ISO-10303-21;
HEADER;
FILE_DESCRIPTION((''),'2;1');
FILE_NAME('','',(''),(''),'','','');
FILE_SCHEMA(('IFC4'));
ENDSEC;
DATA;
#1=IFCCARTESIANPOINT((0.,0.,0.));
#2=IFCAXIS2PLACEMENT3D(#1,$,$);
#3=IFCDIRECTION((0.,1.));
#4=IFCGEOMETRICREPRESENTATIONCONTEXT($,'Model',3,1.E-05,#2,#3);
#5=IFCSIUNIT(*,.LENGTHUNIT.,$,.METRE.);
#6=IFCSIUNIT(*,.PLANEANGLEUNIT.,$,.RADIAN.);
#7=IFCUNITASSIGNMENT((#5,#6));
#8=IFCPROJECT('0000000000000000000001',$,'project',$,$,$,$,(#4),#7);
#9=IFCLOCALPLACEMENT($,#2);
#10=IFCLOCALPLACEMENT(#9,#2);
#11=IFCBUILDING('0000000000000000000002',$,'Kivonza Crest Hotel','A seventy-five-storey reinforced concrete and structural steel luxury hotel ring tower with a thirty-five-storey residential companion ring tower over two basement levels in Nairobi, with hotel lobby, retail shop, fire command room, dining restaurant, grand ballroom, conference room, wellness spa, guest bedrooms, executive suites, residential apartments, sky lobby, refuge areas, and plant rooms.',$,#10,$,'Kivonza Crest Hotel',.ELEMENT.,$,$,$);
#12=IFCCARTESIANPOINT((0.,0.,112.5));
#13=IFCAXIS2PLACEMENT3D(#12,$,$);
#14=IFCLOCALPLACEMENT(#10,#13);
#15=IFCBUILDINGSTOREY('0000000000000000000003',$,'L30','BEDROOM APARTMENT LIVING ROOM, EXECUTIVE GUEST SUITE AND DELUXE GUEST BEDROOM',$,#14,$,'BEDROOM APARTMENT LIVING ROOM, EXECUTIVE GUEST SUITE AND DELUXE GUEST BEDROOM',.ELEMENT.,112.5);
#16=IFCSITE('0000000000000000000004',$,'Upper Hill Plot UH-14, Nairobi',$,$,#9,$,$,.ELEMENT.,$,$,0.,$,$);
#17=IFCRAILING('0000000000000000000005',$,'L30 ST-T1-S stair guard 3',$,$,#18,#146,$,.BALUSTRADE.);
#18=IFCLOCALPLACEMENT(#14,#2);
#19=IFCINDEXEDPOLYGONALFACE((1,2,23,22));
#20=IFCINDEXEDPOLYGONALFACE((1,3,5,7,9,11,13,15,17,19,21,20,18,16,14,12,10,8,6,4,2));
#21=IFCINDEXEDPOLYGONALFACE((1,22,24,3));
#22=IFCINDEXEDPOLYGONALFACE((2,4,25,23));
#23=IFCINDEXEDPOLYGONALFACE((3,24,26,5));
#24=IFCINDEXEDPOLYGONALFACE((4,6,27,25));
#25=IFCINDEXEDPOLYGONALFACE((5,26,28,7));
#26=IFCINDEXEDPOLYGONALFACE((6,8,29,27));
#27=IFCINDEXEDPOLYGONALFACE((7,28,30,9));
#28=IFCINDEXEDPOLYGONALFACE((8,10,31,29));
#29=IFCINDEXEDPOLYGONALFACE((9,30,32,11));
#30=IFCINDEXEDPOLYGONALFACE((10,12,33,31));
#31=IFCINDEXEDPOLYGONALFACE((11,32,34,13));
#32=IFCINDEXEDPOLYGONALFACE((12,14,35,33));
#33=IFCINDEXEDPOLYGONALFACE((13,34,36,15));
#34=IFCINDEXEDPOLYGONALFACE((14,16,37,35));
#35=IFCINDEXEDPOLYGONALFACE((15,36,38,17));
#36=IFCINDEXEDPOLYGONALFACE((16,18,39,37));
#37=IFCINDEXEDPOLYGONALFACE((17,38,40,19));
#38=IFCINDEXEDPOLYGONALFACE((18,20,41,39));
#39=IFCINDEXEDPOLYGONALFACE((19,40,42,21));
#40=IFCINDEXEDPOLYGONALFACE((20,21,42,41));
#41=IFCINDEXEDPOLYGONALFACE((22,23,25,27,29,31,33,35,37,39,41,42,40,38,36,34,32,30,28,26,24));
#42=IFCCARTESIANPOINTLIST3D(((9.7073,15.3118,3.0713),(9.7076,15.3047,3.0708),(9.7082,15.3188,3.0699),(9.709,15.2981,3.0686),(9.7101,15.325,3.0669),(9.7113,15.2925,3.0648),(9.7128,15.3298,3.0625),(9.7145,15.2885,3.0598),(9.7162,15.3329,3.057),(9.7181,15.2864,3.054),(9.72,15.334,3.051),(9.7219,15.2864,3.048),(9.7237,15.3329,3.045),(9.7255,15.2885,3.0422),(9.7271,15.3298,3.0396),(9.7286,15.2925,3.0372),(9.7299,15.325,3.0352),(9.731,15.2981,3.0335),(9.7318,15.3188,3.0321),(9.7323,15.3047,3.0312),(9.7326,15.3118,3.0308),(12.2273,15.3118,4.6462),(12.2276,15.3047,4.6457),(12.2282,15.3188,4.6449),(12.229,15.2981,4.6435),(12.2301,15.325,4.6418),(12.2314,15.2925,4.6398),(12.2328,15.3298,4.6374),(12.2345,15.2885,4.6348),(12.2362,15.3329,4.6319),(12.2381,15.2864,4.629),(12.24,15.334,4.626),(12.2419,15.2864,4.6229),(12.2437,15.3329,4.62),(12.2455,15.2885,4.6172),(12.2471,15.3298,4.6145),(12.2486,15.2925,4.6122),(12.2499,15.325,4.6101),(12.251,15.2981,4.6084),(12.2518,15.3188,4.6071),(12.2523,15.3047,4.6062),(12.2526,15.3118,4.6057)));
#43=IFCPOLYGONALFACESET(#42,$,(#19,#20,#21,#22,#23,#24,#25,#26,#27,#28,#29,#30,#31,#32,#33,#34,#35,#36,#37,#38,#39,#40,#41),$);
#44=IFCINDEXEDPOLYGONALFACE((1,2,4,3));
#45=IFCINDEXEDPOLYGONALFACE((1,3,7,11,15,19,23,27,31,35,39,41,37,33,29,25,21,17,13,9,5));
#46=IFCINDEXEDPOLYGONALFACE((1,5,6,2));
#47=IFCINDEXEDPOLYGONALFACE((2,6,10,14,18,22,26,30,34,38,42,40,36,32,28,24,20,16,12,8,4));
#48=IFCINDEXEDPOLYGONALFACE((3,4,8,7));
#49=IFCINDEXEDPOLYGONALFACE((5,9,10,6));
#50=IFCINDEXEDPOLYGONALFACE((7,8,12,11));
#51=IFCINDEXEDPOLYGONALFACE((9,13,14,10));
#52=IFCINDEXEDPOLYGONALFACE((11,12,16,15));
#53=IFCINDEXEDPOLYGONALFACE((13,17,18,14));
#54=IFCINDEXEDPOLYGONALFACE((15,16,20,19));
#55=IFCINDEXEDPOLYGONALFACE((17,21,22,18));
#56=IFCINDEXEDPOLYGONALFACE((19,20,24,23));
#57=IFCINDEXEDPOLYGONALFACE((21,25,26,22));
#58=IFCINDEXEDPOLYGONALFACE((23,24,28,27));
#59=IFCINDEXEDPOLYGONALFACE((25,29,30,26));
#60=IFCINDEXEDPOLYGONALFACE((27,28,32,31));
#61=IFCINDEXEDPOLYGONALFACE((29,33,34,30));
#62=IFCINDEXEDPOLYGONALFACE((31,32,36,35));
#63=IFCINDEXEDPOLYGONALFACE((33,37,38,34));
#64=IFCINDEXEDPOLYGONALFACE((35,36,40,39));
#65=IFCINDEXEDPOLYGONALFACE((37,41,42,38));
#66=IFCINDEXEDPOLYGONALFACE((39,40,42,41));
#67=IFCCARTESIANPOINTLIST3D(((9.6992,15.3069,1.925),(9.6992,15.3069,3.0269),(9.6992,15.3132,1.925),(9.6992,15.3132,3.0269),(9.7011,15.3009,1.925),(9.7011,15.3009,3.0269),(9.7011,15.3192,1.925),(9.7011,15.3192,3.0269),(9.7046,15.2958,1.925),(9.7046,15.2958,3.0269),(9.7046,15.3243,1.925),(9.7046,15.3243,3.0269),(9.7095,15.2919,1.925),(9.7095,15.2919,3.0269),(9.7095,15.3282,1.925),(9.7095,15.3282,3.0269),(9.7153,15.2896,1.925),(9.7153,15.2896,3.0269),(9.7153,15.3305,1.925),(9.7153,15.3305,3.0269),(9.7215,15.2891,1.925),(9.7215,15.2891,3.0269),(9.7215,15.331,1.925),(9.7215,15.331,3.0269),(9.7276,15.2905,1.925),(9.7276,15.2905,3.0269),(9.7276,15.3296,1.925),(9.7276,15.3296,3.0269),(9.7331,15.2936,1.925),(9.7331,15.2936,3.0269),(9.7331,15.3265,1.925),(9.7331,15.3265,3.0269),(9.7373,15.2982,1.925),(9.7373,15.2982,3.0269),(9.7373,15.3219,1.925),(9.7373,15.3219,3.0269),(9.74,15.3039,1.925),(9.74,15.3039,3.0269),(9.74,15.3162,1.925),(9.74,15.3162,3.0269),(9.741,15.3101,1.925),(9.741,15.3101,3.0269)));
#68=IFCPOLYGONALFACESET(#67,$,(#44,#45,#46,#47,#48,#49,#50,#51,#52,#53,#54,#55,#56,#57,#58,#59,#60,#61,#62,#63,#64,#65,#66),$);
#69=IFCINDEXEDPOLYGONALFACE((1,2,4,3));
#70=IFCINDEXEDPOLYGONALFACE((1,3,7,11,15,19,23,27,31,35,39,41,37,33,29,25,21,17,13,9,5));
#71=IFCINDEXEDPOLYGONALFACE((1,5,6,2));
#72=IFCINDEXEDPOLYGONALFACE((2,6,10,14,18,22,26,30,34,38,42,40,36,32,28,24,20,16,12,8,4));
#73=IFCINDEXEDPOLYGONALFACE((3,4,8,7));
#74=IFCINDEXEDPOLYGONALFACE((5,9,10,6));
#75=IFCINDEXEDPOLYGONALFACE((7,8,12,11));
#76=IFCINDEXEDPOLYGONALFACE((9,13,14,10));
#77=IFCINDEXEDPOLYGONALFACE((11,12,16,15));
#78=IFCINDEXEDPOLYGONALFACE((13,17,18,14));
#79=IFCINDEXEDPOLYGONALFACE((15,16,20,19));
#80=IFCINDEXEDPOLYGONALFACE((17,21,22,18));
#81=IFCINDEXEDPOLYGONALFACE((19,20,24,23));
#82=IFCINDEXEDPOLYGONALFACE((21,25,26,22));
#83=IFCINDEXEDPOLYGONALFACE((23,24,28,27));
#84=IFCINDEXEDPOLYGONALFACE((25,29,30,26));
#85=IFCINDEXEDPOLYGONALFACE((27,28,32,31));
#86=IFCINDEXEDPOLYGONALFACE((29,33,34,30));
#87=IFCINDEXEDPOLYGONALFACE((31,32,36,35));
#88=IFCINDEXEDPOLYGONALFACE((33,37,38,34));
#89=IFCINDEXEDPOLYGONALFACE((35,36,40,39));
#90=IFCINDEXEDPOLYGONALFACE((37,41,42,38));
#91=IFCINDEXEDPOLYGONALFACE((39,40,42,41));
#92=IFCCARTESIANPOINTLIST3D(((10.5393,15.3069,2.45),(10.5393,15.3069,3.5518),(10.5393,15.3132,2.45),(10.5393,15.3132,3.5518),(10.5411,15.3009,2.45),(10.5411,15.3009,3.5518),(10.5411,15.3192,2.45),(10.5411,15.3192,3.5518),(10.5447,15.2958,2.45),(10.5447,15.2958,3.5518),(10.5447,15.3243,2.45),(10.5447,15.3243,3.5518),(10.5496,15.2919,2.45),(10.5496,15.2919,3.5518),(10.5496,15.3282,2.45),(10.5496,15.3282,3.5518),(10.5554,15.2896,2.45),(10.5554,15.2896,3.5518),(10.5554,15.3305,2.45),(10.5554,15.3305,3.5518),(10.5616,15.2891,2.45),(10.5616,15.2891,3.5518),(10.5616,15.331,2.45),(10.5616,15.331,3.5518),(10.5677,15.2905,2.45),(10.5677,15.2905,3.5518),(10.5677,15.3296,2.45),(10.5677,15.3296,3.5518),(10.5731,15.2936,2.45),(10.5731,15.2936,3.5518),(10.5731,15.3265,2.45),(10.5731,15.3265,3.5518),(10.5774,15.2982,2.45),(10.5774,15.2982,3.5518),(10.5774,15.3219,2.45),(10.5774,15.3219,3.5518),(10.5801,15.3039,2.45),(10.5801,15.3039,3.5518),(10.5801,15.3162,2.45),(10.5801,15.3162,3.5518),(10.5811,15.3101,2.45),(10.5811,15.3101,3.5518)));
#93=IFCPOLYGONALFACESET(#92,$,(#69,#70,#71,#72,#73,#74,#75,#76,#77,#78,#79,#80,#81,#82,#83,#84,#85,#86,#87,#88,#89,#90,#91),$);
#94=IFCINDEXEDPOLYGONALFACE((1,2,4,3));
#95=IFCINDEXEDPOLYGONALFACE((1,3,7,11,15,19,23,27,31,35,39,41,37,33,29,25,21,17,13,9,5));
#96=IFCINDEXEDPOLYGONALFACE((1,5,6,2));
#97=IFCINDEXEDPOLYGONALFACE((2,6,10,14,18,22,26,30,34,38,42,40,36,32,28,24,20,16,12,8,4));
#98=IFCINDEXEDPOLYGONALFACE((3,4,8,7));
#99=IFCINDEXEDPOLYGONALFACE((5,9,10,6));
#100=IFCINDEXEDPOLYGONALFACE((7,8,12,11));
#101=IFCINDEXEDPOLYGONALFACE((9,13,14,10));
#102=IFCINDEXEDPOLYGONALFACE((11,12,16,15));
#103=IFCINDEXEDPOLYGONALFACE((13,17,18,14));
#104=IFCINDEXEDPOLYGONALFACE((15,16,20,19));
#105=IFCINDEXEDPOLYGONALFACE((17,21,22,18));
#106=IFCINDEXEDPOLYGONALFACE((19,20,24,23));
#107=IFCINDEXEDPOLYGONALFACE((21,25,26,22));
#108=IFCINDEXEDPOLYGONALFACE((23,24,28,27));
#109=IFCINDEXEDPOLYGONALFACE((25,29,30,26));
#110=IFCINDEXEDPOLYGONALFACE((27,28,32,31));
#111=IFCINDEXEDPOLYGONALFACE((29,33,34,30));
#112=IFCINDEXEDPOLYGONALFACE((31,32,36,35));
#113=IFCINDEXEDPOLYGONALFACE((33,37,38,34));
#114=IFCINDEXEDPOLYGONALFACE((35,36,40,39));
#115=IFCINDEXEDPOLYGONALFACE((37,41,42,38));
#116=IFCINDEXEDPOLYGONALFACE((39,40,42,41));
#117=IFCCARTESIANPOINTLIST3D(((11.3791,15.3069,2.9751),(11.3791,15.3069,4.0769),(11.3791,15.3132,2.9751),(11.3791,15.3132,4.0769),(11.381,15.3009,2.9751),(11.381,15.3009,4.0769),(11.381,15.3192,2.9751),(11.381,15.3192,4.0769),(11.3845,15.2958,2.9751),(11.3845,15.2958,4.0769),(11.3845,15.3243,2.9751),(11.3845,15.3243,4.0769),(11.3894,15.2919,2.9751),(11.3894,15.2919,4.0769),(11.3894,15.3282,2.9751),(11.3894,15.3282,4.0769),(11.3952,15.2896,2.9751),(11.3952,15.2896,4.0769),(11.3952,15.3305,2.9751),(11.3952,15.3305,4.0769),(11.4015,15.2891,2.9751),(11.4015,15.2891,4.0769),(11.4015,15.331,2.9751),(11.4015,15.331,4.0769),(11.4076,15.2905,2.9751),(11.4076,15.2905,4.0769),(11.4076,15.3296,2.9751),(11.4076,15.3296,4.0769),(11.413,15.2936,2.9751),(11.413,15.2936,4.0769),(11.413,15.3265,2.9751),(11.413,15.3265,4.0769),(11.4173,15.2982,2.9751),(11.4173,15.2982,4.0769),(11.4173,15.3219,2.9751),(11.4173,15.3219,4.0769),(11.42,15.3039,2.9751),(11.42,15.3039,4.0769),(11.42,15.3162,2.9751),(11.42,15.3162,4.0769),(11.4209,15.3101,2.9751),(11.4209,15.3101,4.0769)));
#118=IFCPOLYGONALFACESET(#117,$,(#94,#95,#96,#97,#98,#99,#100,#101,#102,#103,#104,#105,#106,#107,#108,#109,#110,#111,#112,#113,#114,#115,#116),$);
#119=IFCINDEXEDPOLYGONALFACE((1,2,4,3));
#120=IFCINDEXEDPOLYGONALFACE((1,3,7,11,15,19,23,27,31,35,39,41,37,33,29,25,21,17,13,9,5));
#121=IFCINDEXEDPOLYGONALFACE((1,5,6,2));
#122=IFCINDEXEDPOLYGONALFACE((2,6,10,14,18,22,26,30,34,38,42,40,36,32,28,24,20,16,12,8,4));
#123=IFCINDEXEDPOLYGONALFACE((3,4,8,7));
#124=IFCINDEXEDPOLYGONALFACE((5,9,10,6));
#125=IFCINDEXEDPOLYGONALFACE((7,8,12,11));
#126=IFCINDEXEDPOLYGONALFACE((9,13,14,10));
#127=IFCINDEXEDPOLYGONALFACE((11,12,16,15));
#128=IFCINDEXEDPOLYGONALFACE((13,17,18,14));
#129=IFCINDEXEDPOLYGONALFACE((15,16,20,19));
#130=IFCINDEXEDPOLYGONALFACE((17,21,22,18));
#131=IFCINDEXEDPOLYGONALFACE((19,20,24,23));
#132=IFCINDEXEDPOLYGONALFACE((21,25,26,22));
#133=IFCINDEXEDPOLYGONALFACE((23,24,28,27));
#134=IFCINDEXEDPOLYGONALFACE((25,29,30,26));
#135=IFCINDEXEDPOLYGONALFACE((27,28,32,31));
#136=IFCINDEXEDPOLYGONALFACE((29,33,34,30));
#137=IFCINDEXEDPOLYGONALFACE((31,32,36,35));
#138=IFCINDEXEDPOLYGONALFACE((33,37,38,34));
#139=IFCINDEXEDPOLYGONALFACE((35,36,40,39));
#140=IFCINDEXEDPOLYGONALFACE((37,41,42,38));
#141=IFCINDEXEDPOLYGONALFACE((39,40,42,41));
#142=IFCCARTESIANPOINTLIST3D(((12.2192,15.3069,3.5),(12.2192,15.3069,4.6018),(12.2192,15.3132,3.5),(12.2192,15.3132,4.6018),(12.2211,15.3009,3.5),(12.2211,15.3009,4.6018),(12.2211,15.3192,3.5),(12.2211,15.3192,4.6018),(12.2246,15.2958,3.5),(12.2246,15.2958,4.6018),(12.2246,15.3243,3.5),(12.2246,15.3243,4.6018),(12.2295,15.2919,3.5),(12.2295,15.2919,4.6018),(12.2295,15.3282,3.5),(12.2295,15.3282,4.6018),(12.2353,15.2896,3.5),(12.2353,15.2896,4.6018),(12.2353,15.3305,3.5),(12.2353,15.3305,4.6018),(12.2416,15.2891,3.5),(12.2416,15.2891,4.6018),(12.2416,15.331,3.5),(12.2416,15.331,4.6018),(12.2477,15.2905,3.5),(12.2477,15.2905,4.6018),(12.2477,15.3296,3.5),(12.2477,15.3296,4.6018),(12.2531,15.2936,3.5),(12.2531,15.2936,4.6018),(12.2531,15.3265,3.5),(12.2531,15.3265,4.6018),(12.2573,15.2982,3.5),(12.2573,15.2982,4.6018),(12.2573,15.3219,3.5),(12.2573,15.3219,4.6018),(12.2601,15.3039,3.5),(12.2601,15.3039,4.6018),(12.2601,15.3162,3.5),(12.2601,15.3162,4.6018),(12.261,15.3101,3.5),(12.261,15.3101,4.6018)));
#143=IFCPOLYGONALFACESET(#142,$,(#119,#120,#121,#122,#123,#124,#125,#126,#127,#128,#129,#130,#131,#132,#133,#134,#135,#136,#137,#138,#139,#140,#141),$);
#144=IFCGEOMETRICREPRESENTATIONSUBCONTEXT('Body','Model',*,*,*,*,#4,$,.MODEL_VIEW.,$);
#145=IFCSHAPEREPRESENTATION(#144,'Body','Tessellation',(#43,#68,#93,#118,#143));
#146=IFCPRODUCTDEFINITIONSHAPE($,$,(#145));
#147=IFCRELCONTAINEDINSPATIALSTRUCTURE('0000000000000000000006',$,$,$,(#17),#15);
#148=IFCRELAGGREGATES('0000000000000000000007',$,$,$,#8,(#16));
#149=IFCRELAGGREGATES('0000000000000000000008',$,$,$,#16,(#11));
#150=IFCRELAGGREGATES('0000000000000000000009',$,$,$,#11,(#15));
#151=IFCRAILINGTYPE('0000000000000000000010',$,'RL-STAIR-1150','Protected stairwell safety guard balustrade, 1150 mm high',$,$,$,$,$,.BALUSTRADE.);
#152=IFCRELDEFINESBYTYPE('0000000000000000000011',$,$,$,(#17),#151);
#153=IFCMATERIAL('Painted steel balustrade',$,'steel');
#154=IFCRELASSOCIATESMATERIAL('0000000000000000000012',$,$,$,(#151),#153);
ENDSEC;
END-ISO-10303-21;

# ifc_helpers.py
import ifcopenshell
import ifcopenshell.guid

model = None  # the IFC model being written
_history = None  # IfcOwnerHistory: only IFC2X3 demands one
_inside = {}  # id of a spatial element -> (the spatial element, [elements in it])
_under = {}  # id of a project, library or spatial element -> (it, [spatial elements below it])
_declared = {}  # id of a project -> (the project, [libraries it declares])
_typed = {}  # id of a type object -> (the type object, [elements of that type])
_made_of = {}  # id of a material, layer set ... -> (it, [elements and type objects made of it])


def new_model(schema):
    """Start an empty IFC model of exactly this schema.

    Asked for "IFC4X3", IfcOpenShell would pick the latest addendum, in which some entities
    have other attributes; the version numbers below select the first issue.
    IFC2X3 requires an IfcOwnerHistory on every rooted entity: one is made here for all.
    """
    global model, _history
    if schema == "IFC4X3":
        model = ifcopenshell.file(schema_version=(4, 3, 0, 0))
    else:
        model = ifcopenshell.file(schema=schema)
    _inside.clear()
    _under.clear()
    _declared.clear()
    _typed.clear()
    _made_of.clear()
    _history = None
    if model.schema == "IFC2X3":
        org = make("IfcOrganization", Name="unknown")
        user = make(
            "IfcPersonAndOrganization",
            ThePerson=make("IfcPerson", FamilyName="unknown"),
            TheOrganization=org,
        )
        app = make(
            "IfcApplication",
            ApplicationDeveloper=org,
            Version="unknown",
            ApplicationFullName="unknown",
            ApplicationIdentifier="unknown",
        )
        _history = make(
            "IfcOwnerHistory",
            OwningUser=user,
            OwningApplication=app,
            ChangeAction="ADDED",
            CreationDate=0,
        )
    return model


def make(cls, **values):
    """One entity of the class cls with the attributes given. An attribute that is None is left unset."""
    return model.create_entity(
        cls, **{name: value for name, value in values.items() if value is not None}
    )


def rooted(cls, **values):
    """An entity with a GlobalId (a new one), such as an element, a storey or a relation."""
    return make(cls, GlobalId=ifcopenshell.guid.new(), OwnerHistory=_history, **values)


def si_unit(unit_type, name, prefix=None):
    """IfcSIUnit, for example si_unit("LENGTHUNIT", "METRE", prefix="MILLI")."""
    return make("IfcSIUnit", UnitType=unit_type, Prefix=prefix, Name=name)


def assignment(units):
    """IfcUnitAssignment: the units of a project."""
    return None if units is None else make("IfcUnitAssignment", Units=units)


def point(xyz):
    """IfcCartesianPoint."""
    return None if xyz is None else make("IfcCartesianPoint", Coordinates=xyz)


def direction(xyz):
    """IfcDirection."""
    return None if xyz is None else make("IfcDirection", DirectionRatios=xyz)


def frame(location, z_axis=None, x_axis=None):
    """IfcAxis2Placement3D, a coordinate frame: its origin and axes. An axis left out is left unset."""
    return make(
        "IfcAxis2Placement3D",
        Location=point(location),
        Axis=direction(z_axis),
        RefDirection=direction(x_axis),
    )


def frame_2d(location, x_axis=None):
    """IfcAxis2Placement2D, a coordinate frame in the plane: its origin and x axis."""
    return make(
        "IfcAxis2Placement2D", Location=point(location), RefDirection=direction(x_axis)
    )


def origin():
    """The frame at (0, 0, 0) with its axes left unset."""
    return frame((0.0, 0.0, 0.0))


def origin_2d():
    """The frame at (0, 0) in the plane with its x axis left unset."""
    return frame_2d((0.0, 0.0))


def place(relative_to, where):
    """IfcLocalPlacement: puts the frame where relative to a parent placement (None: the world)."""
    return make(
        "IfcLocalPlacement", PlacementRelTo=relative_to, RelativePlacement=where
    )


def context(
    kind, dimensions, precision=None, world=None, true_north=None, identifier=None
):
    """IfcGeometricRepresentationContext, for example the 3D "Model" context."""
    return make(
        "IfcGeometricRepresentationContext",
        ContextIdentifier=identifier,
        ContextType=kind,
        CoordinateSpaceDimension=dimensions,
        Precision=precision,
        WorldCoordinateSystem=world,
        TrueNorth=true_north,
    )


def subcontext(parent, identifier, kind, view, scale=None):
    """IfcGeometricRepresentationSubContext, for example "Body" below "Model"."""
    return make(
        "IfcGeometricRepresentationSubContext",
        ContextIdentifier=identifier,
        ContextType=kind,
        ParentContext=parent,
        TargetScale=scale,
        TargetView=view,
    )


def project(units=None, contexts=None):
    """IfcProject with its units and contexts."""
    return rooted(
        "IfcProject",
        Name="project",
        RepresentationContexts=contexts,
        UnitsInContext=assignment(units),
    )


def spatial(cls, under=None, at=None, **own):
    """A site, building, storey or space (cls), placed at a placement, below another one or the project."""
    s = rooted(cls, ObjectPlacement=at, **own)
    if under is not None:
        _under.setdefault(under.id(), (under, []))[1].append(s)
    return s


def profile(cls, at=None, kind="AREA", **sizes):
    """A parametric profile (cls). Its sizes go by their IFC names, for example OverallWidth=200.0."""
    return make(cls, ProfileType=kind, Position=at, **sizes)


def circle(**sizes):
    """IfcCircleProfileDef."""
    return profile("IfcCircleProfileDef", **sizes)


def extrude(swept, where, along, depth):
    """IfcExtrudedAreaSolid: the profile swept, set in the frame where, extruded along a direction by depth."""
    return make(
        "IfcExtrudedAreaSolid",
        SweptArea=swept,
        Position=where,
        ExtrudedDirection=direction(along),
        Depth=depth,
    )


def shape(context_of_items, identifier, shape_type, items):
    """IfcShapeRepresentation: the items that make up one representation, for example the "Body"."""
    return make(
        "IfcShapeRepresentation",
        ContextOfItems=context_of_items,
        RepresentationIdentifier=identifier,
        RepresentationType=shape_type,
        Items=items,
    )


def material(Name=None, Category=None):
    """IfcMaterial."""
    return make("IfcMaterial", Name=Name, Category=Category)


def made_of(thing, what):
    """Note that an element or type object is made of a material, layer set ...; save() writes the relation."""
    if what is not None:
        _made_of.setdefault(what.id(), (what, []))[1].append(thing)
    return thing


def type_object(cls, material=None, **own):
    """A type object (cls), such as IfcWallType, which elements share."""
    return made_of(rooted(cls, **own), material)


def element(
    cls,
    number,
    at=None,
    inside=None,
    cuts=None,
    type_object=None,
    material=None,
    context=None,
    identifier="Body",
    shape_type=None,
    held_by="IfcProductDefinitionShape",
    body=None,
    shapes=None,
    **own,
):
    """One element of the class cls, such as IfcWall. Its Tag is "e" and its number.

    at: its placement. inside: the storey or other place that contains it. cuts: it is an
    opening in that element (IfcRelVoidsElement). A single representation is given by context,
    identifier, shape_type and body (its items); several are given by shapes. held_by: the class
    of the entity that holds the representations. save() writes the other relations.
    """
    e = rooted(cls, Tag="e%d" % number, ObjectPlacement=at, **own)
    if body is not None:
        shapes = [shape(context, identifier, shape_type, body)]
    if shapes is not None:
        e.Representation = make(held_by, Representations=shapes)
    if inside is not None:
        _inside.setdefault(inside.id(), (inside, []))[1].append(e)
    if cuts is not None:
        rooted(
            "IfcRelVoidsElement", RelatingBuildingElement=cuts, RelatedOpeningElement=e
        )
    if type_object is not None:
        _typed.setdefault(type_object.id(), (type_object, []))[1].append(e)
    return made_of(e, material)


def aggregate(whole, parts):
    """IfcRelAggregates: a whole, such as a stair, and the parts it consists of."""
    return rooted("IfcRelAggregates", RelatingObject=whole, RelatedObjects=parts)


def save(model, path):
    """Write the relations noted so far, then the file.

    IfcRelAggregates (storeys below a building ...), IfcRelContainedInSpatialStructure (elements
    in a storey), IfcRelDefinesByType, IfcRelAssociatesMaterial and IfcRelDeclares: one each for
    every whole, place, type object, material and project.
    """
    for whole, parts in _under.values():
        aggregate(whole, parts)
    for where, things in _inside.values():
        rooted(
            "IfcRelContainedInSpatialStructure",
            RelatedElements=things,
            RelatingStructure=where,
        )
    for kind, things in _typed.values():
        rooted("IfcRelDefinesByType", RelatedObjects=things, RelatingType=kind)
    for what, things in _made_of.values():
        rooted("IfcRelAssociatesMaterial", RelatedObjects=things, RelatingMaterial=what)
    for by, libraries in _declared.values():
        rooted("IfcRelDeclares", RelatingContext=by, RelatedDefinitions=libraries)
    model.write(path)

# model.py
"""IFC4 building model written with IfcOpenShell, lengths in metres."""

from ifc_helpers import new_model, si_unit, direction, frame, origin, origin_2d, place, context, subcontext, project, spatial, circle, extrude, material, type_object, element, save


model = new_model("IFC4")

# Units and contexts
model_context = context("Model", 3, precision=1e-05, world=origin(), true_north=direction((0.0, 1.0)))
body_context = subcontext(model_context, "Body", "Model", "MODEL_VIEW")
ifc_project = project(units=[si_unit("LENGTHUNIT", "METRE"), si_unit("PLANEANGLEUNIT", "RADIAN")], contexts=[model_context])

# Site, building, storey
site_placement = place(None, origin())
site = spatial("IfcSite", under=ifc_project, at=site_placement, Name="Upper Hill Plot UH-14, Nairobi", CompositionType="ELEMENT", RefElevation=0.0)
building_placement = place(site_placement, origin())
building = spatial("IfcBuilding", under=site, at=building_placement, Name="Kivonza Crest Hotel", Description="A seventy-five-storey reinforced concrete and structural steel luxury hotel ring tower with a thirty-five-storey residential companion ring tower over two basement levels in Nairobi, with hotel lobby, retail shop, fire command room, dining restaurant, grand ballroom, conference room, wellness spa, guest bedrooms, executive suites, residential apartments, sky lobby, refuge areas, and plant rooms.", LongName="Kivonza Crest Hotel", CompositionType="ELEMENT")
storey_placement = place(building_placement, frame((0.0, 0.0, 112.5)))
storey = spatial("IfcBuildingStorey", under=building, at=storey_placement, Name="L30", Description="BEDROOM APARTMENT LIVING ROOM, EXECUTIVE GUEST SUITE AND DELUXE GUEST BEDROOM", LongName="BEDROOM APARTMENT LIVING ROOM, EXECUTIVE GUEST SUITE AND DELUXE GUEST BEDROOM", CompositionType="ELEMENT", Elevation=112.5)

# Railing
ifc_material_1 = material(Name="Painted steel balustrade", Category="steel")
railing_type_1 = type_object("IfcRailingType", Name="RL-STAIR-1150", Description="Protected stairwell safety guard balustrade, 1150 mm high", PredefinedType="BALUSTRADE", material=ifc_material_1)
railing_1_placement = place(storey_placement, frame((9.72, 15.3101, 1.925)))
element("IfcRailing", 1, at=railing_1_placement, inside=storey, type_object=railing_type_1, Name="L30 ST-T1-S stair guard 3", PredefinedType="BALUSTRADE", context=body_context, shape_type="SweptSolid", body=[
    extrude(circle(Radius=0.0239, at=origin_2d()), frame((0.0, 0.0, 1.126), z_axis=(0.848008, 0.0, 0.529984), x_axis=(0.0, 1.0, 0.0)), (0.0, 0.0, 1.0), 2.9717),
    extrude(circle(Radius=0.021, at=origin_2d()), origin(), (0.0, 0.0, 1.0), 1.1018),
    extrude(circle(Radius=0.021, at=origin_2d()), frame((0.8401, 0.0, 0.5249)), (0.0, 0.0, 1.0), 1.1018),
    extrude(circle(Radius=0.021, at=origin_2d()), frame((1.6799, 0.0, 1.05)), (0.0, 0.0, 1.0), 1.1018),
    extrude(circle(Radius=0.021, at=origin_2d()), frame((2.52, 0.0, 1.575)), (0.0, 0.0, 1.0), 1.1018),
])

save(model, "model.ifc")
